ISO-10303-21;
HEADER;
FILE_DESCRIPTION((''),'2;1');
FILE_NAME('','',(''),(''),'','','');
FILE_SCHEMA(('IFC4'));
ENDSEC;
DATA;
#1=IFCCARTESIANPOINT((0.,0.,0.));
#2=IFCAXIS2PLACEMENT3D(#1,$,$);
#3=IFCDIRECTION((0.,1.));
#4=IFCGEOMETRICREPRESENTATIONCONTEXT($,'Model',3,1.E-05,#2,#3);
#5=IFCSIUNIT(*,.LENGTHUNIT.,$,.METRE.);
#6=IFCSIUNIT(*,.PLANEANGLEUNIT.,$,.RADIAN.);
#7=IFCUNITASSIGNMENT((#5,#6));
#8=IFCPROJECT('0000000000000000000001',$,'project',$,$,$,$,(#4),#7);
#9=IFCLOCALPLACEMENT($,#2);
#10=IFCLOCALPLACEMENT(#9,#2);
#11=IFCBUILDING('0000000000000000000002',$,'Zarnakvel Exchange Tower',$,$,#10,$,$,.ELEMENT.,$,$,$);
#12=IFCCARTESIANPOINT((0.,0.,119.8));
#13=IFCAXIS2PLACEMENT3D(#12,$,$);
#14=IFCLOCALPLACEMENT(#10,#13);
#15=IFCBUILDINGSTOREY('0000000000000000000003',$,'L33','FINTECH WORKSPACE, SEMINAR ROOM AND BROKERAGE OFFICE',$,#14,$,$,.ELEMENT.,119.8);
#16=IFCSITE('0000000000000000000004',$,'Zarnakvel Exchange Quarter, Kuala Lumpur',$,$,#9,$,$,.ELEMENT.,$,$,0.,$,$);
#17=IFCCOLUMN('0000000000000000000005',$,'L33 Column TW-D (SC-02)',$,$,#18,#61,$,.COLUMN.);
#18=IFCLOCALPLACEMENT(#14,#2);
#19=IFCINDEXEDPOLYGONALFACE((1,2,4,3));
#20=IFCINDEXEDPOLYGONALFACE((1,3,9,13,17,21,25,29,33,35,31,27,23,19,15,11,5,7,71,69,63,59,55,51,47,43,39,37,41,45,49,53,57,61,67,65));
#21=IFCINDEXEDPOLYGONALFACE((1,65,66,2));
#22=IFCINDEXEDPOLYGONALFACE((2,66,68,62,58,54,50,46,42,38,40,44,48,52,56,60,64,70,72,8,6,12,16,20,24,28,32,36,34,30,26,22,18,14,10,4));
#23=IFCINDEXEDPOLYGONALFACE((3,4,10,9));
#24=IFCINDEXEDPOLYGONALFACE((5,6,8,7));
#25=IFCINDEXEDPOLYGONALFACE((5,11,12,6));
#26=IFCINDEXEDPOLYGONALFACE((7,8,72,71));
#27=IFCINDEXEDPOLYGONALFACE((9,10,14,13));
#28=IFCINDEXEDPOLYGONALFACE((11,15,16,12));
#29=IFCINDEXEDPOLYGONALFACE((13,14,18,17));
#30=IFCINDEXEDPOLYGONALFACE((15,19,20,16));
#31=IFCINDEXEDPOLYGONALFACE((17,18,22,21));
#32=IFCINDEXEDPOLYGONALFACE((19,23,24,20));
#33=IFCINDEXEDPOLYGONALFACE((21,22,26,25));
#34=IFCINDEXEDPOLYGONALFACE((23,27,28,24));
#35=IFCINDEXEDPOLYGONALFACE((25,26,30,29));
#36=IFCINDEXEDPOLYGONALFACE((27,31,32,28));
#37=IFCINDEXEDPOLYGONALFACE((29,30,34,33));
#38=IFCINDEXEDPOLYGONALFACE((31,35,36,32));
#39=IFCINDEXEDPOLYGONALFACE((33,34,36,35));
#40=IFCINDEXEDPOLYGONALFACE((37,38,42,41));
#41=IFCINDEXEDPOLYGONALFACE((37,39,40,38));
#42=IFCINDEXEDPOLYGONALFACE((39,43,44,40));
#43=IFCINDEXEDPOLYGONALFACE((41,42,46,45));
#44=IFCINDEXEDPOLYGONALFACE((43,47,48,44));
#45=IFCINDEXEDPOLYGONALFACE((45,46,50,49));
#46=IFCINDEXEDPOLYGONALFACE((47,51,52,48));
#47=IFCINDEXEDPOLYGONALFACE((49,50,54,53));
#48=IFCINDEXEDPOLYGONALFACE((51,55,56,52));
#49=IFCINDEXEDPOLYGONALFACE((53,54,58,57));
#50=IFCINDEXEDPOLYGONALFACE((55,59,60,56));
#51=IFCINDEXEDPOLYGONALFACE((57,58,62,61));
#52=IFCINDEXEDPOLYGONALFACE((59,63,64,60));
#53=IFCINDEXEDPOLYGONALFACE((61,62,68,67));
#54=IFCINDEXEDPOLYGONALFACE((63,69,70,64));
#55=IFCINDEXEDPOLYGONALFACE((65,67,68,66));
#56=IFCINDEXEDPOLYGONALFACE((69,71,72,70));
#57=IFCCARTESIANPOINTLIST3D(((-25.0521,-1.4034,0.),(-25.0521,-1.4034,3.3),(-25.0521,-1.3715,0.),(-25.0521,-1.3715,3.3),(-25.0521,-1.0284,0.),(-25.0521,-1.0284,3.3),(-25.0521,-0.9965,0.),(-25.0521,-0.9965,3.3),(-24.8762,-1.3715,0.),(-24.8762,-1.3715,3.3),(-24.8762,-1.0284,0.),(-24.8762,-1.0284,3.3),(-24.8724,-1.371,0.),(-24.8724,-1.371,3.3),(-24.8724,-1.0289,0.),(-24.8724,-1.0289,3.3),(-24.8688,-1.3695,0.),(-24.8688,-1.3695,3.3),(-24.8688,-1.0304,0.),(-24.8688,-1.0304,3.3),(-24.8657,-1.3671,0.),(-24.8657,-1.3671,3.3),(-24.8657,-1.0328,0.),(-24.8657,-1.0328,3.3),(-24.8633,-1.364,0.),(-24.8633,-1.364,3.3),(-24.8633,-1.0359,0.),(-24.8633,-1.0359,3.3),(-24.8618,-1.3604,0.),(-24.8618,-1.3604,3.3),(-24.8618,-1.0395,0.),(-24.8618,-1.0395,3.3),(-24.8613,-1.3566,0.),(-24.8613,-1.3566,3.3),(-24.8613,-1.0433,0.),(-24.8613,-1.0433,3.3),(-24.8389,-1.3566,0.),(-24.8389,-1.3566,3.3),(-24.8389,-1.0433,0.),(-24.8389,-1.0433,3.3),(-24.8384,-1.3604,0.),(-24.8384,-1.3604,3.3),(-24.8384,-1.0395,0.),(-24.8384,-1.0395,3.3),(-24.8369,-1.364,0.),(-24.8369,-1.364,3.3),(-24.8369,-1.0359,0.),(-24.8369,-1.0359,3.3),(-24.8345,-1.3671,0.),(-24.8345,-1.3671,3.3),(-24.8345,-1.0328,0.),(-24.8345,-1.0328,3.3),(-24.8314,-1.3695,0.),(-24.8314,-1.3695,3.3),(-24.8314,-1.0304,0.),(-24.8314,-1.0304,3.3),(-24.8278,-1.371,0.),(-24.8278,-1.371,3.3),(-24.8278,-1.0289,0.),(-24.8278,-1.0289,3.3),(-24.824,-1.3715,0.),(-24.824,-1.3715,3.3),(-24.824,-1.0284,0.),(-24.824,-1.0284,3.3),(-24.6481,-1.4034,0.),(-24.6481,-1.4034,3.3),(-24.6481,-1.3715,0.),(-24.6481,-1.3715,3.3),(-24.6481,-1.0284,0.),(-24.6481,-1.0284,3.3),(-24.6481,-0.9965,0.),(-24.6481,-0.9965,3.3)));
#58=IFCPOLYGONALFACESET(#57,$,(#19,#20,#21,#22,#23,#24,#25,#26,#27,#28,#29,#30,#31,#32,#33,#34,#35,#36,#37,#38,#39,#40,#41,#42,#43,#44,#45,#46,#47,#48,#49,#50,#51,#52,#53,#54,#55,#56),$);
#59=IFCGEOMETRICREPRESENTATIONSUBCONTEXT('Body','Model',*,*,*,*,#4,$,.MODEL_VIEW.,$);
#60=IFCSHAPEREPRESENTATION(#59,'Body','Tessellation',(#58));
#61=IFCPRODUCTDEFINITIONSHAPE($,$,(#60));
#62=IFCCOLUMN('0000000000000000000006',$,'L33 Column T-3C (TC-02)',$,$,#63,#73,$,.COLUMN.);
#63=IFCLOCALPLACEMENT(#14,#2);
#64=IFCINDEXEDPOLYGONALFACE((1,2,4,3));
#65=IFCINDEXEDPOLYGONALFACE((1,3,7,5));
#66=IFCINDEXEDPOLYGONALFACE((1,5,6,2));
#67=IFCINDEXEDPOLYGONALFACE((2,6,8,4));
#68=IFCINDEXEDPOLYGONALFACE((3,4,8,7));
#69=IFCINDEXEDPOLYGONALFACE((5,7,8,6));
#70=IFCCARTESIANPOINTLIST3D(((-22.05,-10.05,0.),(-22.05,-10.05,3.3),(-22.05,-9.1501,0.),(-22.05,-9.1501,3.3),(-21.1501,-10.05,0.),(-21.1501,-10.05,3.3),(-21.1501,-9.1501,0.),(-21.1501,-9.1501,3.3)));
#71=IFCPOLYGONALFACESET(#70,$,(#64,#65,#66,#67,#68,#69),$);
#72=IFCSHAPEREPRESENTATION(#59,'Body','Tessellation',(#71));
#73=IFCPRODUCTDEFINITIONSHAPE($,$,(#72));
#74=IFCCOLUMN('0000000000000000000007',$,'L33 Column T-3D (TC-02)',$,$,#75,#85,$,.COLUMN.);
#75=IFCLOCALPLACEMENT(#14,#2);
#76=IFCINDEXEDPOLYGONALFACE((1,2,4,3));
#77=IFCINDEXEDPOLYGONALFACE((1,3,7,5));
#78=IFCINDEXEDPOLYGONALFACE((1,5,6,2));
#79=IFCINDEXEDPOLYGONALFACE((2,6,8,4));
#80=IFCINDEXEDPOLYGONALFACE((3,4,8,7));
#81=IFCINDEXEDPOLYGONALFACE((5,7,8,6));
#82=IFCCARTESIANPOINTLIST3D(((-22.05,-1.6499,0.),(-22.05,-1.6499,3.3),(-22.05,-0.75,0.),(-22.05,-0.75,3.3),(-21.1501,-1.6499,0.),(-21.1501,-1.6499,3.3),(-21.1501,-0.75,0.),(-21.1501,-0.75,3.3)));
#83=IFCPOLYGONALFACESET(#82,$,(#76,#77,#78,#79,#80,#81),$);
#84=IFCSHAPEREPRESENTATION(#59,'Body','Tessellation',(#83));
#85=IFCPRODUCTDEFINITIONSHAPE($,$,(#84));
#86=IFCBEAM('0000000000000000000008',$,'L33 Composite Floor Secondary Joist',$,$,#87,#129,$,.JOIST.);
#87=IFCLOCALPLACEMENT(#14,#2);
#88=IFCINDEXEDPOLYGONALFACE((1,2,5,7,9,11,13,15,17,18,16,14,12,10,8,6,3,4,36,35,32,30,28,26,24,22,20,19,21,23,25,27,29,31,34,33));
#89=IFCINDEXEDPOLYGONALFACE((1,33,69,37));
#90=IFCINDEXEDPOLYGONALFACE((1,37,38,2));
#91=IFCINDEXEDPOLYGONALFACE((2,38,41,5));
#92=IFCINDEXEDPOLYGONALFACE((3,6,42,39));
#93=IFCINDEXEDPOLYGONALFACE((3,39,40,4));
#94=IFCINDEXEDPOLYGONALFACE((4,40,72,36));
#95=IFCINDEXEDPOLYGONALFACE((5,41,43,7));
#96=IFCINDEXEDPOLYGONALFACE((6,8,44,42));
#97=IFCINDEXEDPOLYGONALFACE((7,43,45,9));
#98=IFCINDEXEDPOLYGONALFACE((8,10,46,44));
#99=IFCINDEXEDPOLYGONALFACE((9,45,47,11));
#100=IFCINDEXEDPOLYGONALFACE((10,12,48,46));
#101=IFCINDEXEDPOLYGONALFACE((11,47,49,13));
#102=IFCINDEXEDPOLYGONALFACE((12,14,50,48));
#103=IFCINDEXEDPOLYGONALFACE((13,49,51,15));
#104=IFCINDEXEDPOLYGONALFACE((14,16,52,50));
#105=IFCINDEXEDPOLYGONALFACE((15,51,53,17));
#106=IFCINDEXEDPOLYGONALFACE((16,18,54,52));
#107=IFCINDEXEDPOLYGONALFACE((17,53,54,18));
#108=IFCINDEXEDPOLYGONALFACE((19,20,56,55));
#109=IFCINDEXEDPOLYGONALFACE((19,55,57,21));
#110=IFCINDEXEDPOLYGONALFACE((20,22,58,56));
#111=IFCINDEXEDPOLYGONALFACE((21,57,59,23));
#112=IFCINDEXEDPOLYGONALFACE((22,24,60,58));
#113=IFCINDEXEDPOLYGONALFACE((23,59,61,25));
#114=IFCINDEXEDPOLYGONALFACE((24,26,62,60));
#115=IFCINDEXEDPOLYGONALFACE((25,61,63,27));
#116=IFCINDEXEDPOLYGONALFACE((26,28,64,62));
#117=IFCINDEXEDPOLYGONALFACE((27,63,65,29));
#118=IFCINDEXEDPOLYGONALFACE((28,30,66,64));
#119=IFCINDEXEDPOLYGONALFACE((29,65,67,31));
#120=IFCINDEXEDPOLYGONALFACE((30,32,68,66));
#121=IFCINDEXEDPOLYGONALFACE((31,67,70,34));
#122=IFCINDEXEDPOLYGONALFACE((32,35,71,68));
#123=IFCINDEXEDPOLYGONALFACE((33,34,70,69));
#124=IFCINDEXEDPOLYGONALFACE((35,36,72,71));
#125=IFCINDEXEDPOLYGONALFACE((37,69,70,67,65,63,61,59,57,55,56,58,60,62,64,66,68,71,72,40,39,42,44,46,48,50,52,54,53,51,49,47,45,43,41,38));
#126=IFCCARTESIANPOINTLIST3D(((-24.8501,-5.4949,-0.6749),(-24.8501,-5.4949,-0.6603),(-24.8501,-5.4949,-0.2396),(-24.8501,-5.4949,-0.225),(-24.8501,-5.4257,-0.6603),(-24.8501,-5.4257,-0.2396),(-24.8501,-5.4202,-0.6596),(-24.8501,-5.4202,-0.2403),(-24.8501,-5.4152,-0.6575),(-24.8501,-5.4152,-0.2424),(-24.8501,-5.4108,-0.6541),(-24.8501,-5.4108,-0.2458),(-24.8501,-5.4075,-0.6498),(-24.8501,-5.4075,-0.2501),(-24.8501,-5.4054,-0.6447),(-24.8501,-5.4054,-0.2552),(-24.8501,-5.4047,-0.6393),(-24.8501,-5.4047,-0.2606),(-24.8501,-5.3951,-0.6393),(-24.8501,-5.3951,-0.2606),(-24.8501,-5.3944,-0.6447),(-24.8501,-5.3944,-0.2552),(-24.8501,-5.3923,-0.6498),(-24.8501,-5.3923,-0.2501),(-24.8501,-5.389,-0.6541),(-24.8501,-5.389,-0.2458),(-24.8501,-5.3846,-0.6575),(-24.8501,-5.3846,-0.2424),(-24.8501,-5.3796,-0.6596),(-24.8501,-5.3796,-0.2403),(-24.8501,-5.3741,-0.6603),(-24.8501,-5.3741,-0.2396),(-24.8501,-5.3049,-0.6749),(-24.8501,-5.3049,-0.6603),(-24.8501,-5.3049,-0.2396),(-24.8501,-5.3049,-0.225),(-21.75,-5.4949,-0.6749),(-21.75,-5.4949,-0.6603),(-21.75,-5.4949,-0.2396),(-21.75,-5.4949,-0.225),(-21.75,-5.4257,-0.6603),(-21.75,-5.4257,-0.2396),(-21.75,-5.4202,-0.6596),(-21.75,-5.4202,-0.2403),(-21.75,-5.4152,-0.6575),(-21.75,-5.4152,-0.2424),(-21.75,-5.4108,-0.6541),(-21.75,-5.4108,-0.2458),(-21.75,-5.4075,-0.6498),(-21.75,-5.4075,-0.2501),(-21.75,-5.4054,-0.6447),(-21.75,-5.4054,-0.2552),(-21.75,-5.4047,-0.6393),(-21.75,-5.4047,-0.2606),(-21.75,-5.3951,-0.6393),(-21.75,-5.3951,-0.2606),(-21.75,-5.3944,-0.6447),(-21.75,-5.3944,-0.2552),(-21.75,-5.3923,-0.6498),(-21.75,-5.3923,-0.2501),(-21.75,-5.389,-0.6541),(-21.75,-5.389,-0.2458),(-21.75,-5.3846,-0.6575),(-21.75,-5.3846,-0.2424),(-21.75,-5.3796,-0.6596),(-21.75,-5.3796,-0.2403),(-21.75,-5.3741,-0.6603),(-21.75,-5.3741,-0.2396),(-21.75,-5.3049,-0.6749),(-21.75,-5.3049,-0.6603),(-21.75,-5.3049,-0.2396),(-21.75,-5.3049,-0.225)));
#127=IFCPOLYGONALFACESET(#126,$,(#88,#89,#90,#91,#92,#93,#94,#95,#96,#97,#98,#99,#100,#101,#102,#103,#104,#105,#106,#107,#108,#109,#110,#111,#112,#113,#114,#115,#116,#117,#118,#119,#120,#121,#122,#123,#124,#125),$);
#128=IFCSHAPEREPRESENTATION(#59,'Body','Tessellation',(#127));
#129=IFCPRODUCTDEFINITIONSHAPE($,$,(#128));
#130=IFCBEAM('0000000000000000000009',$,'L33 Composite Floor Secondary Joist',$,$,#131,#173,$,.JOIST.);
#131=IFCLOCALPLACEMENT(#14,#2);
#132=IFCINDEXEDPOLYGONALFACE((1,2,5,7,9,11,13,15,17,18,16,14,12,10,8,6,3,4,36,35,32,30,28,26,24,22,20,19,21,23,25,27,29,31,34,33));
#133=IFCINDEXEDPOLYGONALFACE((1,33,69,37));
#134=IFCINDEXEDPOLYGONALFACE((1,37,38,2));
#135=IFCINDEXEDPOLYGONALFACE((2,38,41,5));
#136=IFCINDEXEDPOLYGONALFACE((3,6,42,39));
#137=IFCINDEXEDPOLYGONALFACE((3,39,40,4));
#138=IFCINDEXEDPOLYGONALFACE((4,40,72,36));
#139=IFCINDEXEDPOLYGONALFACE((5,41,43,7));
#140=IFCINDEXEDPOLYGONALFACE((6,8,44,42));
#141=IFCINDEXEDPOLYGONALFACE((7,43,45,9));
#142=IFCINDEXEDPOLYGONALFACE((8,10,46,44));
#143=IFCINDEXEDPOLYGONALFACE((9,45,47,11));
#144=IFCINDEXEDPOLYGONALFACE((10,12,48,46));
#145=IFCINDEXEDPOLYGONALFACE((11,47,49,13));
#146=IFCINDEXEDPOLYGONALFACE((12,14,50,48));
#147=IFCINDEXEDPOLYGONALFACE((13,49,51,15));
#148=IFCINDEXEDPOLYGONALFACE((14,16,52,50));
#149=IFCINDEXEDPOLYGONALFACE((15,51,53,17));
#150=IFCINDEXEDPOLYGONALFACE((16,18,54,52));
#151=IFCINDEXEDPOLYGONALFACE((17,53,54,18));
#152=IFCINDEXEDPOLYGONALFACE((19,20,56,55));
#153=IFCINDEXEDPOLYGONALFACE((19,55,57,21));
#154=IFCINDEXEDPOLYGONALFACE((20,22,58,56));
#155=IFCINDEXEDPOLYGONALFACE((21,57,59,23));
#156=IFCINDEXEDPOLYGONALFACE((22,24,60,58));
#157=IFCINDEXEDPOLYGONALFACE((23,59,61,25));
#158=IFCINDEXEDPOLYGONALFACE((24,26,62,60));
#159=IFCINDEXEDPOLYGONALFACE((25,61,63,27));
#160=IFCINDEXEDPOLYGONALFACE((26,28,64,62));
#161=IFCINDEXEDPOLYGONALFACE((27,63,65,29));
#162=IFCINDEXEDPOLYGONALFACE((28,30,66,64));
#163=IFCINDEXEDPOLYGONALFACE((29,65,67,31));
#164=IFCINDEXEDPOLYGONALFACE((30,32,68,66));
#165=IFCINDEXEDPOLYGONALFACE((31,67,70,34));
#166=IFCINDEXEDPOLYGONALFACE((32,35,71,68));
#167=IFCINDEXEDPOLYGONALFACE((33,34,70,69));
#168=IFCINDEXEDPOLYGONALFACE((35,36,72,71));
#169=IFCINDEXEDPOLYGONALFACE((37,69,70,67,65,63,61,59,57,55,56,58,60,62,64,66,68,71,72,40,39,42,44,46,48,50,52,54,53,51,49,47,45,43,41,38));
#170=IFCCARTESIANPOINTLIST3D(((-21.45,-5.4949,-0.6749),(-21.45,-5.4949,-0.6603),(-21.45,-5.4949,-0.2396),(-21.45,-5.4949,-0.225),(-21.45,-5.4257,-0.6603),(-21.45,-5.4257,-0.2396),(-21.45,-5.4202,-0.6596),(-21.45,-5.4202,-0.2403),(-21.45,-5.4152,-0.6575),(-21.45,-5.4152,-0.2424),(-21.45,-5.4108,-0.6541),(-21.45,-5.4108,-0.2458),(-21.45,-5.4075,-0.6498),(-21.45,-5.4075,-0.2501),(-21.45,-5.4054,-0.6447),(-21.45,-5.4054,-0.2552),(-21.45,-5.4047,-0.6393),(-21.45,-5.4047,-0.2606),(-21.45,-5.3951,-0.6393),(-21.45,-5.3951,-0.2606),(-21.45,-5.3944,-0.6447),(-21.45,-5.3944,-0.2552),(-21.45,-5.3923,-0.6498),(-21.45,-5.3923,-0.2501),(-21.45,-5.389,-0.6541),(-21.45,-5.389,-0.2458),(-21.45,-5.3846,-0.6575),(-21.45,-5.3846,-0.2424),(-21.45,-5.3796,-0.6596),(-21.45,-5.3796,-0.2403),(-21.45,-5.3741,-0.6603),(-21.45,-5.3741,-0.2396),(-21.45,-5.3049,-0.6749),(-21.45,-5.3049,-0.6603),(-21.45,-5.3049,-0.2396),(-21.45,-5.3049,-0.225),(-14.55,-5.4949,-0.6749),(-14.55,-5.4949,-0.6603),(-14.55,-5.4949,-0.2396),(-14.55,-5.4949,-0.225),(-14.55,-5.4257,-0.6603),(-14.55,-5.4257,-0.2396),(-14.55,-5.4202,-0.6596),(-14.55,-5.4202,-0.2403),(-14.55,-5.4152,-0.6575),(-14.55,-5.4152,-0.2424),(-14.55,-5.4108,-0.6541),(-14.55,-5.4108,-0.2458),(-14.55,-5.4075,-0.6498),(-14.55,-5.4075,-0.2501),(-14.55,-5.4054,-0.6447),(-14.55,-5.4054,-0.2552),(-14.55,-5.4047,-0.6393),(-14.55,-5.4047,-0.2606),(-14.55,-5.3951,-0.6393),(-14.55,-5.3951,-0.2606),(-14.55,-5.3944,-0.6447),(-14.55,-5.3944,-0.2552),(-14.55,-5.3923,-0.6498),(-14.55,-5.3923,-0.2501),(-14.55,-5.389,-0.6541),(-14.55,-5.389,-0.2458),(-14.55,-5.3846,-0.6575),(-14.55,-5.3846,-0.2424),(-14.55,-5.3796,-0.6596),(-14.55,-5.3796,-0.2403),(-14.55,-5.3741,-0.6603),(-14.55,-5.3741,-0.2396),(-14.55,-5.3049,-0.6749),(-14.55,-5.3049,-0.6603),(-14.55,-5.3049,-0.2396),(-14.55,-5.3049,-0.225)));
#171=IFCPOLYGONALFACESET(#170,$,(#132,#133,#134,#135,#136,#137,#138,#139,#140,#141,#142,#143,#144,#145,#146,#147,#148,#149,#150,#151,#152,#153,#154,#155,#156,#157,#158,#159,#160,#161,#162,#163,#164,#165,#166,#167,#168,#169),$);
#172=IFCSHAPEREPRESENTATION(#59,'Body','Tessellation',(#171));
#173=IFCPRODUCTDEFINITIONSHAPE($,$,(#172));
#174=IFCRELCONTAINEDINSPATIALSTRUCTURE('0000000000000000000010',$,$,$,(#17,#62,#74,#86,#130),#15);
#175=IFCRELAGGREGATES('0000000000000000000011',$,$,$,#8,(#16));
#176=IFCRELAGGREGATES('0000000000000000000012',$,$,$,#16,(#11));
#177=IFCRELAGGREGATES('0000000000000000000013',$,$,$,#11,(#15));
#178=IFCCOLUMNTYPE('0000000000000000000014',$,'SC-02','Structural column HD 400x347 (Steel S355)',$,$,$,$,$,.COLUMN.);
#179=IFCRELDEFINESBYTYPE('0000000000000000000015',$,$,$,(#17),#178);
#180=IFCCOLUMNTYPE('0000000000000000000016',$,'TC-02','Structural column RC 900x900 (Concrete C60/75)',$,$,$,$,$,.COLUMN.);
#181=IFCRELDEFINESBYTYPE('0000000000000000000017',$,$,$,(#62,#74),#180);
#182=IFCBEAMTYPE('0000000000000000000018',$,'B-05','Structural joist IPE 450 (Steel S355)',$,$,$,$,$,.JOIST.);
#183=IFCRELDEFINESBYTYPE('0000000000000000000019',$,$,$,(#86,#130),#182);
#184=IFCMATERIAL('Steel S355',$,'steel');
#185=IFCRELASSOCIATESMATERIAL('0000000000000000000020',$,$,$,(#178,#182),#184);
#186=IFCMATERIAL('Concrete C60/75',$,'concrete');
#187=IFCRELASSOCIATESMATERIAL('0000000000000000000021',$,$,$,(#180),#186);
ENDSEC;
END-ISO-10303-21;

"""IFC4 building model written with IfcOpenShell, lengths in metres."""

from ifc_helpers import new_model, si_unit, direction, frame, origin, origin_2d, place, context, subcontext, project, spatial, rectangle, i_section, extrude, material, material_profile, profile_set, type_object, element, save


model = new_model("IFC4")

# Units and contexts
model_context = context("Model", 3, precision=1e-05, world=origin(), true_north=direction((0.0, 1.0)))
body_context = subcontext(model_context, "Body", "Model", "MODEL_VIEW")
ifc_project = project(units=[si_unit("LENGTHUNIT", "METRE"), si_unit("PLANEANGLEUNIT", "RADIAN")], contexts=[model_context])

# Site, building, storey
site_placement = place(None, origin())
site = spatial("IfcSite", under=ifc_project, at=site_placement, Name="Zarnakvel Exchange Quarter, Kuala Lumpur", CompositionType="ELEMENT", RefElevation=0.0)
building_placement = place(site_placement, origin())
building = spatial("IfcBuilding", under=site, at=building_placement, Name="Zarnakvel Exchange Tower", CompositionType="ELEMENT")
storey_placement = place(building_placement, frame((0.0, 0.0, 119.8)))
storey = spatial("IfcBuildingStorey", under=building, at=storey_placement, Name="L33", Description="FINTECH WORKSPACE, SEMINAR ROOM AND BROKERAGE OFFICE", CompositionType="ELEMENT", Elevation=119.8)

# Columns
ifc_material_1 = material(Name="Steel S355", Category="steel")
ifc_material_profile_1 = material_profile(ifc_material_1, i_section(OverallWidth=0.4041, OverallDepth=0.407, WebThickness=0.0225, FlangeThickness=0.032, FilletRadius=0.0149, at=origin_2d()))
ifc_profile_set_1 = profile_set([ifc_material_profile_1], Name="Steel S355")
column_type_1 = type_object("IfcColumnType", Name="SC-02", Description="Structural column HD 400x347 (Steel S355)", PredefinedType="COLUMN", material=ifc_profile_set_1)
column_placement = place(storey_placement, frame((-24.8501, -1.2, 0.0), z_axis=(0.0, 0.0, 1.0), x_axis=(1.0, 0.0, 0.0)))
element("IfcColumn", 1, at=column_placement, inside=storey, type_object=column_type_1, Name="L33 Column TW-D (SC-02)", PredefinedType="COLUMN", context=body_context, shape_type="SweptSolid", body=[
    extrude(i_section(OverallWidth=0.4041, OverallDepth=0.407, WebThickness=0.0225, FlangeThickness=0.032, FilletRadius=0.0149, at=origin_2d()), origin(), (0.0, 0.0, 1.0), 3.3),
])
ifc_material_2 = material(Name="Concrete C60/75", Category="concrete")
ifc_material_profile_2 = material_profile(ifc_material_2, rectangle(XDim=0.8999, YDim=0.8999, at=origin_2d()))
ifc_profile_set_2 = profile_set([ifc_material_profile_2], Name="Concrete C60/75")
column_type_2 = type_object("IfcColumnType", Name="TC-02", Description="Structural column RC 900x900 (Concrete C60/75)", PredefinedType="COLUMN", material=ifc_profile_set_2)
for number, where, z_axis, x_axis, name in (
    (2, (-21.6001, -9.6001, 0.0), (0.0, 0.0, 1.0), (1.0, 0.0, 0.0), "L33 Column T-3C (TC-02)"),
    (3, (-21.6001, -1.2, 0.0), (0.0, 0.0, 1.0), (1.0, 0.0, 0.0), "L33 Column T-3D (TC-02)"),
):
    element("IfcColumn", number, at=place(storey_placement, frame(where, z_axis=z_axis, x_axis=x_axis)), inside=storey, type_object=column_type_2, Name=name, PredefinedType="COLUMN", context=body_context, shape_type="SweptSolid", body=[
        extrude(rectangle(XDim=0.8999, YDim=0.8999, at=origin_2d()), origin(), (0.0, 0.0, 1.0), 3.3),
    ])

# Beams
ifc_material_profile_3 = material_profile(ifc_material_1, i_section(OverallWidth=0.1899, OverallDepth=0.45, WebThickness=0.0095, FlangeThickness=0.0146, FilletRadius=0.021, at=origin_2d()))
ifc_profile_set_3 = profile_set([ifc_material_profile_3], Name="Steel S355")
beam_type_1 = type_object("IfcBeamType", Name="B-05", Description="Structural joist IPE 450 (Steel S355)", PredefinedType="JOIST", material=ifc_profile_set_3)
beam_1_placement = place(storey_placement, frame((-24.8501, -5.3999, -0.45), z_axis=(1.0, 0.0, 0.0), x_axis=(0.0, 1.0, 0.0)))
element("IfcBeam", 4, at=beam_1_placement, inside=storey, type_object=beam_type_1, Name="L33 Composite Floor Secondary Joist", PredefinedType="JOIST", context=body_context, shape_type="SweptSolid", body=[
    extrude(i_section(OverallWidth=0.1899, OverallDepth=0.45, WebThickness=0.0095, FlangeThickness=0.0146, FilletRadius=0.021, at=origin_2d()), origin(), (0.0, 0.0, 1.0), 3.1001),
])
beam_2_placement = place(storey_placement, frame((-21.45, -5.3999, -0.45), z_axis=(1.0, 0.0, 0.0), x_axis=(0.0, 1.0, 0.0)))
element("IfcBeam", 5, at=beam_2_placement, inside=storey, type_object=beam_type_1, Name="L33 Composite Floor Secondary Joist", PredefinedType="JOIST", context=body_context, shape_type="SweptSolid", body=[
    extrude(i_section(OverallWidth=0.1899, OverallDepth=0.45, WebThickness=0.0095, FlangeThickness=0.0146, FilletRadius=0.021, at=origin_2d()), origin(), (0.0, 0.0, 1.0), 6.8999),
])

save(model, "model.ifc")
